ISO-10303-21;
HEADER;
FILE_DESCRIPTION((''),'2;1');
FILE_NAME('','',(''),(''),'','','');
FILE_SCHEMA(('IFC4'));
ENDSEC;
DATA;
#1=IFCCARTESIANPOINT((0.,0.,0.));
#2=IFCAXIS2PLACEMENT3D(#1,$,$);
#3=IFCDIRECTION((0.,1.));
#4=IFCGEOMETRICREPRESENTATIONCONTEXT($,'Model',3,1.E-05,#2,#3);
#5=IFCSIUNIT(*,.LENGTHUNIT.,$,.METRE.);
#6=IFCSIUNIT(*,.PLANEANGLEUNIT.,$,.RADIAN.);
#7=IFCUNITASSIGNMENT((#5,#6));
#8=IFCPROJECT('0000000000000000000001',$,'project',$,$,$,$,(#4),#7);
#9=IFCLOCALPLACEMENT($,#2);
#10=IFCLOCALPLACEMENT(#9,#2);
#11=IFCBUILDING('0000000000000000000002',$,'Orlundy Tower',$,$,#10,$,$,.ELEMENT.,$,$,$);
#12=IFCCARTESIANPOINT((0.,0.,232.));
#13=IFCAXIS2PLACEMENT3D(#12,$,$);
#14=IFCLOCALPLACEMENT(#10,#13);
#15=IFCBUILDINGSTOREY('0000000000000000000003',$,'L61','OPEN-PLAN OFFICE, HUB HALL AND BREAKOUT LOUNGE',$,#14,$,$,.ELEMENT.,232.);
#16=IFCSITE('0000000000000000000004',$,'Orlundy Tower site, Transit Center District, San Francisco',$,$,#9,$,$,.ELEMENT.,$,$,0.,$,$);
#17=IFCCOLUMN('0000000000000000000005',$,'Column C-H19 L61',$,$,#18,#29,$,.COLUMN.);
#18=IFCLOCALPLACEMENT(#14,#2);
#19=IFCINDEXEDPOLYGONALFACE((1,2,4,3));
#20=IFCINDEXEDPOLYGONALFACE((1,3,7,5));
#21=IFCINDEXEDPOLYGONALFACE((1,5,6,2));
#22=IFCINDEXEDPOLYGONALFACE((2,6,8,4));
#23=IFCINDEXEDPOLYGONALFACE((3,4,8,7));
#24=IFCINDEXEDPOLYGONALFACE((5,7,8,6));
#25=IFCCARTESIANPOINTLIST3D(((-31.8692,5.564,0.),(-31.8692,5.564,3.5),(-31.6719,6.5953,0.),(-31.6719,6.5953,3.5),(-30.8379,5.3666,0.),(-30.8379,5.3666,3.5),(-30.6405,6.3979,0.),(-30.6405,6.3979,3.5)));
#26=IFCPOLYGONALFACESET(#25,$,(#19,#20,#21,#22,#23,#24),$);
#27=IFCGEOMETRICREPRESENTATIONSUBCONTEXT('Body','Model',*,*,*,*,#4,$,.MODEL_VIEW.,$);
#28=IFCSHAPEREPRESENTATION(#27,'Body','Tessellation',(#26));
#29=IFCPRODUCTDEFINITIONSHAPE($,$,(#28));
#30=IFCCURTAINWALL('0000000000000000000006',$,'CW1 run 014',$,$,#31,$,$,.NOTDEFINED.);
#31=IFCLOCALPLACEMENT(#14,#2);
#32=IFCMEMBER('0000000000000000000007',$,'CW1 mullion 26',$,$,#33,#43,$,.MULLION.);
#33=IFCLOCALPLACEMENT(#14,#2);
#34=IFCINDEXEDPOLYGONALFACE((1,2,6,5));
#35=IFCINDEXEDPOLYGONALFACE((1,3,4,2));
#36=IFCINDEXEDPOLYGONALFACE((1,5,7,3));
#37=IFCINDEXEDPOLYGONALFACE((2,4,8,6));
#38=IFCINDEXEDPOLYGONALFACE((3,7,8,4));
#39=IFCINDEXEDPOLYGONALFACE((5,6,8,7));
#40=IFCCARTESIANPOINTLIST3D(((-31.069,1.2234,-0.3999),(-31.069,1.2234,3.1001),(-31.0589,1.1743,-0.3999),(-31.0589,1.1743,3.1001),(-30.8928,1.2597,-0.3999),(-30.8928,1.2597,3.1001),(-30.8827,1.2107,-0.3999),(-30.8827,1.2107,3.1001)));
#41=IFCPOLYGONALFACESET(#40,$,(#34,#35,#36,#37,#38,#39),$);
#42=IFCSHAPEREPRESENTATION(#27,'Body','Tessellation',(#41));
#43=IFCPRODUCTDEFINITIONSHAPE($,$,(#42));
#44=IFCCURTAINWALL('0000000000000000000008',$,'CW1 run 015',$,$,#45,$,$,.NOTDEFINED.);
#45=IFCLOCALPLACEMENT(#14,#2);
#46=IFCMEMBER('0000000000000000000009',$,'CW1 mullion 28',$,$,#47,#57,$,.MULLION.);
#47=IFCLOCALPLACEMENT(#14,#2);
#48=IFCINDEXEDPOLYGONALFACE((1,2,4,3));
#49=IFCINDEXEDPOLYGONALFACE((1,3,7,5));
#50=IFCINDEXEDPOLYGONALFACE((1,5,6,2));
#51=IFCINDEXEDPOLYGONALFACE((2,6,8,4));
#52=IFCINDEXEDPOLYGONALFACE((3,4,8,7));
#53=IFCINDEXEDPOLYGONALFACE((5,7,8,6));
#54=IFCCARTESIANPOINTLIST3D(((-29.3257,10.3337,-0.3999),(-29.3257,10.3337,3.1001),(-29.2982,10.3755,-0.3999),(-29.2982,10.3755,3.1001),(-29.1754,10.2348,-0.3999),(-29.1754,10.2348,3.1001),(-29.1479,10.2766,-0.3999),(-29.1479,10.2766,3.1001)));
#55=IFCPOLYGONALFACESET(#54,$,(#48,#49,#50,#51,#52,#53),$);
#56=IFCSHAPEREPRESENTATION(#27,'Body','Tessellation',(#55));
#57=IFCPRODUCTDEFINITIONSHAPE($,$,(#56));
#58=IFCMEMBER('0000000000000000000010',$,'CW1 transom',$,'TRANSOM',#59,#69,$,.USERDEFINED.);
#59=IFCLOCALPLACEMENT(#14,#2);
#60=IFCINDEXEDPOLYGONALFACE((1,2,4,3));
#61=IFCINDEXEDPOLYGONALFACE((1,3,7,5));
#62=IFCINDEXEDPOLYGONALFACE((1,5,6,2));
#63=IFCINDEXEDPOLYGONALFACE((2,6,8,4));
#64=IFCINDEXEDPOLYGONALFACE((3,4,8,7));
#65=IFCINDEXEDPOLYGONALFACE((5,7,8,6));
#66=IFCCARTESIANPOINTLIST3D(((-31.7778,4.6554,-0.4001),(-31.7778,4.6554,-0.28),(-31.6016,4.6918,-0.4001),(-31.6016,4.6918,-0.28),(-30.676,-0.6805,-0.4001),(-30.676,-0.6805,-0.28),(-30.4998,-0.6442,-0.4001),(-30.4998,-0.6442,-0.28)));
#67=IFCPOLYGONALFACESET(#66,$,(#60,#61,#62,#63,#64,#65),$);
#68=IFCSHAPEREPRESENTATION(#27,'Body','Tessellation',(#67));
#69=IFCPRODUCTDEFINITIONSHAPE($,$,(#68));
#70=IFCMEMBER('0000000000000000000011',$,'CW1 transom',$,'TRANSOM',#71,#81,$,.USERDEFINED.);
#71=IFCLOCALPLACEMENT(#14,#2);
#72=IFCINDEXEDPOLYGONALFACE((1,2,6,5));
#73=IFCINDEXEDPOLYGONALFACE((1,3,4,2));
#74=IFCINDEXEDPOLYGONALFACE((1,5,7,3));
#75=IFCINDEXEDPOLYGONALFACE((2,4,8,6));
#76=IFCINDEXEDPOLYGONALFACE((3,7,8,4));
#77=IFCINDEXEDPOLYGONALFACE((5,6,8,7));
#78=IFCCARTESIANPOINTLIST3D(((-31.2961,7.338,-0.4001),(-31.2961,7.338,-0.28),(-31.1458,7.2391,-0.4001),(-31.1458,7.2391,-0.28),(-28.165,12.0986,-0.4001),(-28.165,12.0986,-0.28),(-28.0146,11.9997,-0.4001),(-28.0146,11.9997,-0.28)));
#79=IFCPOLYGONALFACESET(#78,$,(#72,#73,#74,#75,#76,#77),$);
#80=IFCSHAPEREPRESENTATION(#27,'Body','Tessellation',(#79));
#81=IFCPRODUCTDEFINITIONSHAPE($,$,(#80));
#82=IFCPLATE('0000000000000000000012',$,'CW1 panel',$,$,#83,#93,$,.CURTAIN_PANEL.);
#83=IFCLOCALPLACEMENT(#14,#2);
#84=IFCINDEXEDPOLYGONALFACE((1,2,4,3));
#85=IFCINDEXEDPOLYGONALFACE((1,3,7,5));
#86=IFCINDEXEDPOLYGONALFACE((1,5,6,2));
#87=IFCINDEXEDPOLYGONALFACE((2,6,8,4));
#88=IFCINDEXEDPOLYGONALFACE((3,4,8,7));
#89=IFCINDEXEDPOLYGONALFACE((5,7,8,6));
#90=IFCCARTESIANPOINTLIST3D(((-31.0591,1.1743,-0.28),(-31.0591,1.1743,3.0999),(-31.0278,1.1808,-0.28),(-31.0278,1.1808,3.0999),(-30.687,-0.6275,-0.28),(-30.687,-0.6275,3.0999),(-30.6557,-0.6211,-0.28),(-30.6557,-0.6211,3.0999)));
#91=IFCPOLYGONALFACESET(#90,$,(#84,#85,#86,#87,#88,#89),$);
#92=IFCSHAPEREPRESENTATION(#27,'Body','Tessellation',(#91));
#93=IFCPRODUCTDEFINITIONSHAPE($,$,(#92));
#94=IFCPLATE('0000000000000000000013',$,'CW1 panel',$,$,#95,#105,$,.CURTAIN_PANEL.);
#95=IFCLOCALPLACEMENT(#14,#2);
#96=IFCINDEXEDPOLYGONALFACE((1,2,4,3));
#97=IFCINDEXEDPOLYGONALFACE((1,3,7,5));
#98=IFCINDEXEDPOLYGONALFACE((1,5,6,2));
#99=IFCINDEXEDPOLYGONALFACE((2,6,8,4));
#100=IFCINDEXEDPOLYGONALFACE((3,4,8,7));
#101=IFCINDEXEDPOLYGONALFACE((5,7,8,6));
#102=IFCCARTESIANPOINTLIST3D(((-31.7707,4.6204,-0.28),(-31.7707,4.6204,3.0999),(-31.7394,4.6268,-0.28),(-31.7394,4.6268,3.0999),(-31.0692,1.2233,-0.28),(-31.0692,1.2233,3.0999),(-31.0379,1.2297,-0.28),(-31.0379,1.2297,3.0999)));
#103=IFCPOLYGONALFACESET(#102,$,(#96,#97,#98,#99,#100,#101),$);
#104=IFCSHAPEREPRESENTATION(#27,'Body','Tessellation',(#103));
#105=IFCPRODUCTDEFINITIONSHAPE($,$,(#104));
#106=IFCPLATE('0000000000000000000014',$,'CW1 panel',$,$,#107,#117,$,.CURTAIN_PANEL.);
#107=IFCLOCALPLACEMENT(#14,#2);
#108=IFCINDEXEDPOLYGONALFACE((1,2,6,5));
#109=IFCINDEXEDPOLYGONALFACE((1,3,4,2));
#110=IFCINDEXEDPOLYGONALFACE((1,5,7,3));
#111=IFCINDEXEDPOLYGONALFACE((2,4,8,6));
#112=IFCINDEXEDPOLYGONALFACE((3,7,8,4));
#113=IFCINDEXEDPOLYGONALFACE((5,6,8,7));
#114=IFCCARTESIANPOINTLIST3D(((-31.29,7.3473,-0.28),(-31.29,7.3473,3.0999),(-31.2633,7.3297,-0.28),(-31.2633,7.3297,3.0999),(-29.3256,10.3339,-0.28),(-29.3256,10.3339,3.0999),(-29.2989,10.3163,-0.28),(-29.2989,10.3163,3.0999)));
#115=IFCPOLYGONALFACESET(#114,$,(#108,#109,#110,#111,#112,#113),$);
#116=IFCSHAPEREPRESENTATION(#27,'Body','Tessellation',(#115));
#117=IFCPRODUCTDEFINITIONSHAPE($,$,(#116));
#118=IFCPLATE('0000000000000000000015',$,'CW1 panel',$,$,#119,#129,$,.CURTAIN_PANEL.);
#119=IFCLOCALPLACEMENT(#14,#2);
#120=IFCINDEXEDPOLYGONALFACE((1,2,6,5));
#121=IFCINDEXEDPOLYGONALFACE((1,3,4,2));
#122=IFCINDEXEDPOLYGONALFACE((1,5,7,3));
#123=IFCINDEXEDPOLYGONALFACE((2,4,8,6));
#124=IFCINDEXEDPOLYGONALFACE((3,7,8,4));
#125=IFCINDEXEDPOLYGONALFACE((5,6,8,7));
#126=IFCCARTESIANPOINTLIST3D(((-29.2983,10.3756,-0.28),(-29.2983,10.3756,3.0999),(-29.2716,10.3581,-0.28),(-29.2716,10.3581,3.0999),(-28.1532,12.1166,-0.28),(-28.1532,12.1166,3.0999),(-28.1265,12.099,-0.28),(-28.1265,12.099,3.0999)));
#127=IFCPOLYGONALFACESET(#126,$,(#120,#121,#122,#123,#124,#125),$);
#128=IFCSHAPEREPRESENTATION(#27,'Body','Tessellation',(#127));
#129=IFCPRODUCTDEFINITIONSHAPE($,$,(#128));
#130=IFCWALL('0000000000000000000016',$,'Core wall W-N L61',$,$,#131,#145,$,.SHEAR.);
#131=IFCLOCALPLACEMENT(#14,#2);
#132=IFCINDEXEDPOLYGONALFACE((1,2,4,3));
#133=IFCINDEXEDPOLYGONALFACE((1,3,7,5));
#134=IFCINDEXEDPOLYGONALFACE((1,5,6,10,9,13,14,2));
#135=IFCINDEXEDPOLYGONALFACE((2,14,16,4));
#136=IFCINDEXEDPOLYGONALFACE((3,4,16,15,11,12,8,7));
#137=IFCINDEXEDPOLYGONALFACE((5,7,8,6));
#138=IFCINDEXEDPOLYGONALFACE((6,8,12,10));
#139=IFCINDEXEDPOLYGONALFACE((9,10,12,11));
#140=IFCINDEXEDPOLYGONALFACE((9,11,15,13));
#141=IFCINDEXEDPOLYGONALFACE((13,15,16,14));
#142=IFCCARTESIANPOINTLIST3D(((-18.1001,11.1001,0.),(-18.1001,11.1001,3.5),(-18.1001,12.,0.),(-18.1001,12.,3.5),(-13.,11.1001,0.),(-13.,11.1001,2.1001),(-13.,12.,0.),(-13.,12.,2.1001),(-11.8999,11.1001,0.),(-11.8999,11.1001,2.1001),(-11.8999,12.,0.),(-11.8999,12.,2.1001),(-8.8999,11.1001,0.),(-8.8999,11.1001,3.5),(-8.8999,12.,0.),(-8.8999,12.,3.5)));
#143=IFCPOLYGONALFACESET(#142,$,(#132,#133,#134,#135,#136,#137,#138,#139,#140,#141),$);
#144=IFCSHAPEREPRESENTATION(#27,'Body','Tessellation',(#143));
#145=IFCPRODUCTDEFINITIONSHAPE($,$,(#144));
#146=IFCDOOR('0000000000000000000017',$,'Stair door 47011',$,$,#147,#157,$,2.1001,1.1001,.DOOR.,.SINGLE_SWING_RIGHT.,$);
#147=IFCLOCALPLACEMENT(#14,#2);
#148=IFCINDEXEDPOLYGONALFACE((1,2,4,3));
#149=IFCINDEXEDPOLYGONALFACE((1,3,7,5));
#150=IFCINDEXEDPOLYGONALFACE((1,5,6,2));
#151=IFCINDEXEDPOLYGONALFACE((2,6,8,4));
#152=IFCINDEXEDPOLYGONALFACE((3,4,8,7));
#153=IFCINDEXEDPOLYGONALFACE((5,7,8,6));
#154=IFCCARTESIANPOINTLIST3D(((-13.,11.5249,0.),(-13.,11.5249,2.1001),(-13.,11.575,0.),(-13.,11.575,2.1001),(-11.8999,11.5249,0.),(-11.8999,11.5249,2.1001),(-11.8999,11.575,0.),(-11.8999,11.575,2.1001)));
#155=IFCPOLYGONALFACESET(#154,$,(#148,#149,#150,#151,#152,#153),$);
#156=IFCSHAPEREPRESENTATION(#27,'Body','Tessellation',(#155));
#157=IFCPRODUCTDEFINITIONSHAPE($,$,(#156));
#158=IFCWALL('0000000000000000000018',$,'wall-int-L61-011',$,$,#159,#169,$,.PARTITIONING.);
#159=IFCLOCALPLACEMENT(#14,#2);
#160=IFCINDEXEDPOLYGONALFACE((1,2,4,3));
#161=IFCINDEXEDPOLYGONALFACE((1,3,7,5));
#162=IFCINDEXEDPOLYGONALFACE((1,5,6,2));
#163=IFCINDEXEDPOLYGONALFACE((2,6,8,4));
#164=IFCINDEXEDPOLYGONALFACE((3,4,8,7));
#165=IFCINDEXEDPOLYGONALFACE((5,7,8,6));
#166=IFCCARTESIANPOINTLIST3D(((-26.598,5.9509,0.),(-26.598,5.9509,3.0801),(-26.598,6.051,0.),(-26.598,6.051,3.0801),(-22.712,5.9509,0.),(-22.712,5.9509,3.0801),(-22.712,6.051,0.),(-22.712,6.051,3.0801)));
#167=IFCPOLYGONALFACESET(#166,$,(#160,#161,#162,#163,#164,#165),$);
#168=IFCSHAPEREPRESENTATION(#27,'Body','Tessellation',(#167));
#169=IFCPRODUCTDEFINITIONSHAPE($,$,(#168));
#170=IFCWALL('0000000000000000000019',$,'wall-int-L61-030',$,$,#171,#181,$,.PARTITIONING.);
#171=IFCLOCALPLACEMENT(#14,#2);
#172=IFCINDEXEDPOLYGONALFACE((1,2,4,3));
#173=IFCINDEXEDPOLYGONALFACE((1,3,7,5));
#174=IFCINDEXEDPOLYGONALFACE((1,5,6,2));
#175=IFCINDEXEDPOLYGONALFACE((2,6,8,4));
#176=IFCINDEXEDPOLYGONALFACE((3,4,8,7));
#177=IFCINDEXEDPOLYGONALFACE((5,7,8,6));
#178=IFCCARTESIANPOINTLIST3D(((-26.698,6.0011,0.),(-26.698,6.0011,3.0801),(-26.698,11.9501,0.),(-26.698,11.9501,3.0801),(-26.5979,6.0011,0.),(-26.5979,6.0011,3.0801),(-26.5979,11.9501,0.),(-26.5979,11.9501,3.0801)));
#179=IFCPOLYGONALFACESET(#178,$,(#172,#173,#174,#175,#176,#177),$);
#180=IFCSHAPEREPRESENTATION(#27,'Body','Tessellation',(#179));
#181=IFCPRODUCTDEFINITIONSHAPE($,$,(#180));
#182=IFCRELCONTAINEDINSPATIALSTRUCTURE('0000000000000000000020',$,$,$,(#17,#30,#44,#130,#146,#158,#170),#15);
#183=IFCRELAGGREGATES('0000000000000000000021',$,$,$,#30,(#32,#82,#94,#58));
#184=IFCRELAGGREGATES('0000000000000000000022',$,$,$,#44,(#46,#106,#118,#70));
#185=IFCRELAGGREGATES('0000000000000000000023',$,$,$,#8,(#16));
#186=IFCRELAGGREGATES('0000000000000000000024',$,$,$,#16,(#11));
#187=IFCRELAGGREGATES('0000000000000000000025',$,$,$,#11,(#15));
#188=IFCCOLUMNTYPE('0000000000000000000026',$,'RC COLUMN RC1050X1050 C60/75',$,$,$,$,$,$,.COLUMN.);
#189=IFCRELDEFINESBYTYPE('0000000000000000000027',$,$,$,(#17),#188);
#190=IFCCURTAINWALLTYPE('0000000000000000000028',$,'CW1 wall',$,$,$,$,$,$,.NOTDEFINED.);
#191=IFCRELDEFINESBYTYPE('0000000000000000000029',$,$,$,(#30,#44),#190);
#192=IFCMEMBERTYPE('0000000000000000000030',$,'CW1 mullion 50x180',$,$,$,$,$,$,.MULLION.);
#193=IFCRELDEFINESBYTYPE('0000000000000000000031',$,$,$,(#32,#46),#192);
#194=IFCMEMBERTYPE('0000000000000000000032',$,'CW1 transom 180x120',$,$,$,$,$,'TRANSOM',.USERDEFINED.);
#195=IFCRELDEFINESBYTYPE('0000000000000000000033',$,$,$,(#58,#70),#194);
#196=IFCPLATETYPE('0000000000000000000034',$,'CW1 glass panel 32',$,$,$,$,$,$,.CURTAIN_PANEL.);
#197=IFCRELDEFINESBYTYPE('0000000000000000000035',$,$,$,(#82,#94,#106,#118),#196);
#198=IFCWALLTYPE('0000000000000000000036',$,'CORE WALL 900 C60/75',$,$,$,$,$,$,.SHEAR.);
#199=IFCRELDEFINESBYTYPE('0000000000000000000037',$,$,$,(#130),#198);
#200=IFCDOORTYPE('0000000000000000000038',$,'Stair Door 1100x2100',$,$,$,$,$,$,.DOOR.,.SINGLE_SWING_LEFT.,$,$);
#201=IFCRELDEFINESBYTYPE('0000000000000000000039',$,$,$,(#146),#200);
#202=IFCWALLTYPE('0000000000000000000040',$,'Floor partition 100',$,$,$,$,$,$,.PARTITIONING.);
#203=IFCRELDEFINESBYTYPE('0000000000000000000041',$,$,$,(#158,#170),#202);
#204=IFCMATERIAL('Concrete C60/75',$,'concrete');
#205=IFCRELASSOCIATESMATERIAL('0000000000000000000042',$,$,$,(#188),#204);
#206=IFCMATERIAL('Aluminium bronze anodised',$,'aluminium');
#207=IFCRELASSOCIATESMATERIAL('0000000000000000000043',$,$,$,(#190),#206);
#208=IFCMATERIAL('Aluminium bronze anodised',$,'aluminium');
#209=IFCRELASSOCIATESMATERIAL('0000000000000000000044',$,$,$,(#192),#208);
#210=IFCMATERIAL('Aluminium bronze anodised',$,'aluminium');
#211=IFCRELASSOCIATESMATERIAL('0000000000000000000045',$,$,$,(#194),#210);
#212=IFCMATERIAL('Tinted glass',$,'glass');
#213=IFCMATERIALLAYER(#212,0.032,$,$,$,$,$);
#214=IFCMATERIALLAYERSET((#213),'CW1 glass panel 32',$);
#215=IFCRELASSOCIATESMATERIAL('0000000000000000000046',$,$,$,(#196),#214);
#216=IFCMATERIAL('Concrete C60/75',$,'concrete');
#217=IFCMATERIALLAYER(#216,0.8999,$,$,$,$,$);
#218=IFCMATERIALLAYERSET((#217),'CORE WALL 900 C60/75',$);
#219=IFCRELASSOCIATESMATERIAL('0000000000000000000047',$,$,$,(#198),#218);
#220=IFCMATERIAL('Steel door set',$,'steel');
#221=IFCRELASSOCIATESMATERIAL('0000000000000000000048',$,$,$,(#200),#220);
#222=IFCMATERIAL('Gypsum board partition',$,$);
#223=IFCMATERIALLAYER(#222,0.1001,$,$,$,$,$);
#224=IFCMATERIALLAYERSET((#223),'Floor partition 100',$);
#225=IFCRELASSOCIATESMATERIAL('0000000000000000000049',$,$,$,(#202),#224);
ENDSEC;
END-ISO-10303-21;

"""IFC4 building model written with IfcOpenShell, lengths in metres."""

from ifc_helpers import new_model, si_unit, direction, frame, frame_2d, origin, origin_2d, place, context, subcontext, project, spatial, rectangle, extrude, material, layer, layer_set, material_profile, profile_set, type_object, element, fill, aggregate, save


model = new_model("IFC4")

# Units and contexts
model_context = context("Model", 3, precision=1e-05, world=origin(), true_north=direction((0.0, 1.0)))
body_context = subcontext(model_context, "Body", "Model", "MODEL_VIEW")
ifc_project = project(units=[si_unit("LENGTHUNIT", "METRE"), si_unit("PLANEANGLEUNIT", "RADIAN")], contexts=[model_context])

# Site, building, storey
site_placement = place(None, origin())
site = spatial("IfcSite", under=ifc_project, at=site_placement, Name="Orlundy Tower site, Transit Center District, San Francisco", CompositionType="ELEMENT", RefElevation=0.0)
building_placement = place(site_placement, origin())
building = spatial("IfcBuilding", under=site, at=building_placement, Name="Orlundy Tower", CompositionType="ELEMENT")
storey_placement = place(building_placement, frame((0.0, 0.0, 232.0)))
storey = spatial("IfcBuildingStorey", under=building, at=storey_placement, Name="L61", Description="OPEN-PLAN OFFICE, HUB HALL AND BREAKOUT LOUNGE", CompositionType="ELEMENT", Elevation=232.0)

# Column
ifc_material_1 = material(Name="Concrete C60/75", Category="concrete")
ifc_material_profile_1 = material_profile(ifc_material_1, rectangle(XDim=1.05, YDim=1.05, at=origin_2d()), Name="RC1050X1050")
ifc_profile_set_1 = profile_set([ifc_material_profile_1], Name="Concrete C60/75")
column_type = type_object("IfcColumnType", Name="RC COLUMN RC1050X1050 C60/75", PredefinedType="COLUMN", material=ifc_profile_set_1)
column_placement = place(storey_placement, frame((-31.2549, 5.981, 0.0), z_axis=(0.0, 0.0, 1.0), x_axis=(-0.982179, 0.187947, 0.0)))
element("IfcColumn", 1, at=column_placement, inside=storey, type_object=column_type, Name="Column C-H19 L61", PredefinedType="COLUMN", context=body_context, shape_type="SweptSolid", body=[
    extrude(rectangle(XDim=1.05, YDim=1.05, at=origin_2d()), origin(), (0.0, 0.0, 1.0), 3.5),
])

# Curtain walls, members
ifc_material_2 = material(Name="Aluminium bronze anodised", Category="aluminium")
curtain_wall_type = type_object("IfcCurtainWallType", Name="CW1 wall", PredefinedType="NOTDEFINED", material=ifc_material_2)
curtain_wall_1_placement = place(storey_placement, origin())
curtain_wall_1 = element("IfcCurtainWall", 2, at=curtain_wall_1_placement, inside=storey, type_object=curtain_wall_type, Name="CW1 run 014", PredefinedType="NOTDEFINED")
ifc_material_3 = material(Name="Aluminium bronze anodised", Category="aluminium")
ifc_material_profile_2 = material_profile(ifc_material_3, rectangle(XDim=0.1799, YDim=0.05, at=origin_2d()), Name="CW1 mullion 50x180")
ifc_profile_set_2 = profile_set([ifc_material_profile_2], Name="Aluminium bronze anodised")
member_type_1 = type_object("IfcMemberType", Name="CW1 mullion 50x180", PredefinedType="MULLION", material=ifc_profile_set_2)
member_1_placement = place(storey_placement, frame((-30.9758, 1.217, -0.3999), z_axis=(0.0, 0.0, 1.0), x_axis=(-0.979337, -0.202233, 0.0)))
member_1 = element("IfcMember", 3, at=member_1_placement, type_object=member_type_1, Name="CW1 mullion 26", PredefinedType="MULLION", context=body_context, shape_type="SweptSolid", body=[
    extrude(rectangle(XDim=0.1799, YDim=0.05, at=origin_2d()), origin(), (0.0, 0.0, 1.0), 3.5),
])
curtain_wall_2_placement = place(storey_placement, origin())
curtain_wall_2 = element("IfcCurtainWall", 4, at=curtain_wall_2_placement, inside=storey, type_object=curtain_wall_type, Name="CW1 run 015", PredefinedType="NOTDEFINED")
member_2_placement = place(storey_placement, frame((-29.2368, 10.3052, -0.3999), z_axis=(0.0, 0.0, 1.0), x_axis=(-0.835482, 0.549517, 0.0)))
member_2 = element("IfcMember", 5, at=member_2_placement, type_object=member_type_1, Name="CW1 mullion 28", PredefinedType="MULLION", context=body_context, shape_type="SweptSolid", body=[
    extrude(rectangle(XDim=0.1799, YDim=0.05, at=origin_2d()), origin(), (0.0, 0.0, 1.0), 3.5),
])

# Members
ifc_material_4 = material(Name="Aluminium bronze anodised", Category="aluminium")
ifc_material_profile_3 = material_profile(ifc_material_4, rectangle(XDim=0.1799, YDim=0.1201, at=origin_2d()), Name="CW1 transom 180x120")
ifc_profile_set_3 = profile_set([ifc_material_profile_3], Name="Aluminium bronze anodised")
member_type_2 = type_object("IfcMemberType", Name="CW1 transom 180x120", ElementType="TRANSOM", PredefinedType="USERDEFINED", material=ifc_profile_set_3)
member_3_placement = place(storey_placement, frame((-30.5879, -0.6624, -0.3401), z_axis=(-0.202222, 0.97934, 0.0), x_axis=(-0.97934, -0.202222, 0.0)))
member_3 = element("IfcMember", 6, at=member_3_placement, type_object=member_type_2, Name="CW1 transom", ObjectType="TRANSOM", PredefinedType="USERDEFINED", context=body_context, shape_type="SweptSolid", body=[
    extrude(rectangle(XDim=0.1799, YDim=0.1201, at=origin_2d()), origin(), (0.0, 0.0, 1.0), 5.4485),
])
member_4_placement = place(storey_placement, frame((-31.2209, 7.2886, -0.3401), z_axis=(0.549518, 0.835482, 0.0), x_axis=(-0.835482, 0.549518, 0.0)))
member_4 = element("IfcMember", 7, at=member_4_placement, type_object=member_type_2, Name="CW1 transom", ObjectType="TRANSOM", PredefinedType="USERDEFINED", context=body_context, shape_type="SweptSolid", body=[
    extrude(rectangle(XDim=0.1799, YDim=0.1201, at=origin_2d()), origin(), (0.0, 0.0, 1.0), 5.698),
])

# Plates
ifc_material_5 = material(Name="Tinted glass", Category="glass")
ifc_layer_1 = layer(ifc_material_5, 0.032)
ifc_layer_set_1 = layer_set([ifc_layer_1], Name="CW1 glass panel 32")
plate_type = type_object("IfcPlateType", Name="CW1 glass panel 32", PredefinedType="CURTAIN_PANEL", material=ifc_layer_set_1)
plate_1_placement = place(storey_placement, frame((-30.8574, 0.2766, -0.28), z_axis=(0.0, 0.0, 1.0), x_axis=(-0.202233, 0.979337, 0.0)))
plate_1 = element("IfcPlate", 8, at=plate_1_placement, type_object=plate_type, Name="CW1 panel", PredefinedType="CURTAIN_PANEL", context=body_context, shape_type="SweptSolid", body=[
    extrude(rectangle(XDim=1.8398, YDim=0.032, at=origin_2d()), origin(), (0.0, 0.0, 1.0), 3.3799),
])
plate_2_placement = place(storey_placement, frame((-31.4043, 2.925, -0.28), z_axis=(0.0, 0.0, 1.0), x_axis=(-0.202233, 0.979337, 0.0)))
plate_2 = element("IfcPlate", 9, at=plate_2_placement, type_object=plate_type, Name="CW1 panel", PredefinedType="CURTAIN_PANEL", context=body_context, shape_type="SweptSolid", body=[
    extrude(rectangle(XDim=3.4688, YDim=0.032, at=origin_2d()), origin(), (0.0, 0.0, 1.0), 3.3799),
])
aggregate(curtain_wall_1, [member_1, plate_1, plate_2, member_3])
plate_3_placement = place(storey_placement, frame((-30.2944, 8.8318, -0.28), z_axis=(0.0, 0.0, 1.0), x_axis=(0.549517, 0.835482, 0.0)))
plate_3 = element("IfcPlate", 10, at=plate_3_placement, type_object=plate_type, Name="CW1 panel", PredefinedType="CURTAIN_PANEL", context=body_context, shape_type="SweptSolid", body=[
    extrude(rectangle(XDim=3.5747, YDim=0.032, at=origin_2d()), origin(), (0.0, 0.0, 1.0), 3.3799),
])
plate_4_placement = place(storey_placement, frame((-28.7124, 11.2373, -0.28), z_axis=(0.0, 0.0, 1.0), x_axis=(0.549517, 0.835482, 0.0)))
plate_4 = element("IfcPlate", 11, at=plate_4_placement, type_object=plate_type, Name="CW1 panel", PredefinedType="CURTAIN_PANEL", context=body_context, shape_type="SweptSolid", body=[
    extrude(rectangle(XDim=2.0837, YDim=0.032, at=origin_2d()), origin(), (0.0, 0.0, 1.0), 3.3799),
])
aggregate(curtain_wall_2, [member_2, plate_3, plate_4, member_4])

# Wall, opening, door
ifc_material_6 = material(Name="Concrete C60/75", Category="concrete")
ifc_layer_2 = layer(ifc_material_6, 0.8999)
ifc_layer_set_2 = layer_set([ifc_layer_2], Name="CORE WALL 900 C60/75")
wall_type_1 = type_object("IfcWallType", Name="CORE WALL 900 C60/75", PredefinedType="SHEAR", material=ifc_layer_set_2)
wall_1_placement = place(storey_placement, frame((-18.1001, 11.55, 0.0), z_axis=(0.0, 0.0, 1.0), x_axis=(1.0, 0.0, 0.0)))
wall_1 = element("IfcWall", 12, at=wall_1_placement, inside=storey, type_object=wall_type_1, Name="Core wall W-N L61", PredefinedType="SHEAR", context=body_context, shape_type="SweptSolid", body=[
    extrude(rectangle(XDim=9.2002, YDim=0.8999, at=frame_2d((4.6001, 0.0))), origin(), (0.0, 0.0, 1.0), 3.5),
])
opening_placement = place(wall_1_placement, frame((5.1001, 0.0, 0.0)))
opening = element("IfcOpeningElement", 13, at=opening_placement, cuts=wall_1, PredefinedType="OPENING", context=body_context, shape_type="SweptSolid", body=[
    extrude(rectangle(XDim=1.1001, YDim=2.1001, at=frame_2d((0.55, 1.05))), frame((0.0, 0.46, 0.0), z_axis=(0.0, -1.0, 0.0), x_axis=(1.0, 0.0, 0.0)), (0.0, 0.0, 1.0), 0.9199),
])
ifc_material_7 = material(Name="Steel door set", Category="steel")
door_type = type_object("IfcDoorType", Name="Stair Door 1100x2100", OperationType="SINGLE_SWING_LEFT", PredefinedType="DOOR", material=ifc_material_7)
door_placement = place(opening_placement, origin())
door = element("IfcDoor", 14, at=door_placement, inside=storey, type_object=door_type, Name="Stair door 47011", OperationType="SINGLE_SWING_RIGHT", OverallHeight=2.1001, OverallWidth=1.1001, PredefinedType="DOOR", context=body_context, shape_type="SweptSolid", body=[
    extrude(rectangle(XDim=1.1001, YDim=2.1001, at=frame_2d((0.55, 1.05))), frame((0.0, 0.0249, 0.0), z_axis=(0.0, -1.0, 0.0), x_axis=(1.0, 0.0, 0.0)), (0.0, 0.0, 1.0), 0.05),
])
fill(opening, door)

# Walls
ifc_material_8 = material(Name="Gypsum board partition")
ifc_layer_3 = layer(ifc_material_8, 0.1001)
ifc_layer_set_3 = layer_set([ifc_layer_3], Name="Floor partition 100")
wall_type_2 = type_object("IfcWallType", Name="Floor partition 100", PredefinedType="PARTITIONING", material=ifc_layer_set_3)
wall_2_placement = place(storey_placement, frame((-26.5979, 6.001, 0.0), z_axis=(0.0, 0.0, 1.0), x_axis=(1.0, 0.0, 0.0)))
element("IfcWall", 15, at=wall_2_placement, inside=storey, type_object=wall_type_2, Name="wall-int-L61-011", PredefinedType="PARTITIONING", context=body_context, shape_type="SweptSolid", body=[
    extrude(rectangle(XDim=3.886, YDim=0.1001, at=frame_2d((1.9429, 0.0))), origin(), (0.0, 0.0, 1.0), 3.0801),
])
wall_3_placement = place(storey_placement, frame((-26.6479, 6.001, 0.0), z_axis=(0.0, 0.0, 1.0), x_axis=(0.0, 1.0, 0.0)))
element("IfcWall", 16, at=wall_3_placement, inside=storey, type_object=wall_type_2, Name="wall-int-L61-030", PredefinedType="PARTITIONING", context=body_context, shape_type="SweptSolid", body=[
    extrude(rectangle(XDim=5.949, YDim=0.1001, at=frame_2d((2.9746, 0.0))), origin(), (0.0, 0.0, 1.0), 3.0801),
])

save(model, "model.ifc")
